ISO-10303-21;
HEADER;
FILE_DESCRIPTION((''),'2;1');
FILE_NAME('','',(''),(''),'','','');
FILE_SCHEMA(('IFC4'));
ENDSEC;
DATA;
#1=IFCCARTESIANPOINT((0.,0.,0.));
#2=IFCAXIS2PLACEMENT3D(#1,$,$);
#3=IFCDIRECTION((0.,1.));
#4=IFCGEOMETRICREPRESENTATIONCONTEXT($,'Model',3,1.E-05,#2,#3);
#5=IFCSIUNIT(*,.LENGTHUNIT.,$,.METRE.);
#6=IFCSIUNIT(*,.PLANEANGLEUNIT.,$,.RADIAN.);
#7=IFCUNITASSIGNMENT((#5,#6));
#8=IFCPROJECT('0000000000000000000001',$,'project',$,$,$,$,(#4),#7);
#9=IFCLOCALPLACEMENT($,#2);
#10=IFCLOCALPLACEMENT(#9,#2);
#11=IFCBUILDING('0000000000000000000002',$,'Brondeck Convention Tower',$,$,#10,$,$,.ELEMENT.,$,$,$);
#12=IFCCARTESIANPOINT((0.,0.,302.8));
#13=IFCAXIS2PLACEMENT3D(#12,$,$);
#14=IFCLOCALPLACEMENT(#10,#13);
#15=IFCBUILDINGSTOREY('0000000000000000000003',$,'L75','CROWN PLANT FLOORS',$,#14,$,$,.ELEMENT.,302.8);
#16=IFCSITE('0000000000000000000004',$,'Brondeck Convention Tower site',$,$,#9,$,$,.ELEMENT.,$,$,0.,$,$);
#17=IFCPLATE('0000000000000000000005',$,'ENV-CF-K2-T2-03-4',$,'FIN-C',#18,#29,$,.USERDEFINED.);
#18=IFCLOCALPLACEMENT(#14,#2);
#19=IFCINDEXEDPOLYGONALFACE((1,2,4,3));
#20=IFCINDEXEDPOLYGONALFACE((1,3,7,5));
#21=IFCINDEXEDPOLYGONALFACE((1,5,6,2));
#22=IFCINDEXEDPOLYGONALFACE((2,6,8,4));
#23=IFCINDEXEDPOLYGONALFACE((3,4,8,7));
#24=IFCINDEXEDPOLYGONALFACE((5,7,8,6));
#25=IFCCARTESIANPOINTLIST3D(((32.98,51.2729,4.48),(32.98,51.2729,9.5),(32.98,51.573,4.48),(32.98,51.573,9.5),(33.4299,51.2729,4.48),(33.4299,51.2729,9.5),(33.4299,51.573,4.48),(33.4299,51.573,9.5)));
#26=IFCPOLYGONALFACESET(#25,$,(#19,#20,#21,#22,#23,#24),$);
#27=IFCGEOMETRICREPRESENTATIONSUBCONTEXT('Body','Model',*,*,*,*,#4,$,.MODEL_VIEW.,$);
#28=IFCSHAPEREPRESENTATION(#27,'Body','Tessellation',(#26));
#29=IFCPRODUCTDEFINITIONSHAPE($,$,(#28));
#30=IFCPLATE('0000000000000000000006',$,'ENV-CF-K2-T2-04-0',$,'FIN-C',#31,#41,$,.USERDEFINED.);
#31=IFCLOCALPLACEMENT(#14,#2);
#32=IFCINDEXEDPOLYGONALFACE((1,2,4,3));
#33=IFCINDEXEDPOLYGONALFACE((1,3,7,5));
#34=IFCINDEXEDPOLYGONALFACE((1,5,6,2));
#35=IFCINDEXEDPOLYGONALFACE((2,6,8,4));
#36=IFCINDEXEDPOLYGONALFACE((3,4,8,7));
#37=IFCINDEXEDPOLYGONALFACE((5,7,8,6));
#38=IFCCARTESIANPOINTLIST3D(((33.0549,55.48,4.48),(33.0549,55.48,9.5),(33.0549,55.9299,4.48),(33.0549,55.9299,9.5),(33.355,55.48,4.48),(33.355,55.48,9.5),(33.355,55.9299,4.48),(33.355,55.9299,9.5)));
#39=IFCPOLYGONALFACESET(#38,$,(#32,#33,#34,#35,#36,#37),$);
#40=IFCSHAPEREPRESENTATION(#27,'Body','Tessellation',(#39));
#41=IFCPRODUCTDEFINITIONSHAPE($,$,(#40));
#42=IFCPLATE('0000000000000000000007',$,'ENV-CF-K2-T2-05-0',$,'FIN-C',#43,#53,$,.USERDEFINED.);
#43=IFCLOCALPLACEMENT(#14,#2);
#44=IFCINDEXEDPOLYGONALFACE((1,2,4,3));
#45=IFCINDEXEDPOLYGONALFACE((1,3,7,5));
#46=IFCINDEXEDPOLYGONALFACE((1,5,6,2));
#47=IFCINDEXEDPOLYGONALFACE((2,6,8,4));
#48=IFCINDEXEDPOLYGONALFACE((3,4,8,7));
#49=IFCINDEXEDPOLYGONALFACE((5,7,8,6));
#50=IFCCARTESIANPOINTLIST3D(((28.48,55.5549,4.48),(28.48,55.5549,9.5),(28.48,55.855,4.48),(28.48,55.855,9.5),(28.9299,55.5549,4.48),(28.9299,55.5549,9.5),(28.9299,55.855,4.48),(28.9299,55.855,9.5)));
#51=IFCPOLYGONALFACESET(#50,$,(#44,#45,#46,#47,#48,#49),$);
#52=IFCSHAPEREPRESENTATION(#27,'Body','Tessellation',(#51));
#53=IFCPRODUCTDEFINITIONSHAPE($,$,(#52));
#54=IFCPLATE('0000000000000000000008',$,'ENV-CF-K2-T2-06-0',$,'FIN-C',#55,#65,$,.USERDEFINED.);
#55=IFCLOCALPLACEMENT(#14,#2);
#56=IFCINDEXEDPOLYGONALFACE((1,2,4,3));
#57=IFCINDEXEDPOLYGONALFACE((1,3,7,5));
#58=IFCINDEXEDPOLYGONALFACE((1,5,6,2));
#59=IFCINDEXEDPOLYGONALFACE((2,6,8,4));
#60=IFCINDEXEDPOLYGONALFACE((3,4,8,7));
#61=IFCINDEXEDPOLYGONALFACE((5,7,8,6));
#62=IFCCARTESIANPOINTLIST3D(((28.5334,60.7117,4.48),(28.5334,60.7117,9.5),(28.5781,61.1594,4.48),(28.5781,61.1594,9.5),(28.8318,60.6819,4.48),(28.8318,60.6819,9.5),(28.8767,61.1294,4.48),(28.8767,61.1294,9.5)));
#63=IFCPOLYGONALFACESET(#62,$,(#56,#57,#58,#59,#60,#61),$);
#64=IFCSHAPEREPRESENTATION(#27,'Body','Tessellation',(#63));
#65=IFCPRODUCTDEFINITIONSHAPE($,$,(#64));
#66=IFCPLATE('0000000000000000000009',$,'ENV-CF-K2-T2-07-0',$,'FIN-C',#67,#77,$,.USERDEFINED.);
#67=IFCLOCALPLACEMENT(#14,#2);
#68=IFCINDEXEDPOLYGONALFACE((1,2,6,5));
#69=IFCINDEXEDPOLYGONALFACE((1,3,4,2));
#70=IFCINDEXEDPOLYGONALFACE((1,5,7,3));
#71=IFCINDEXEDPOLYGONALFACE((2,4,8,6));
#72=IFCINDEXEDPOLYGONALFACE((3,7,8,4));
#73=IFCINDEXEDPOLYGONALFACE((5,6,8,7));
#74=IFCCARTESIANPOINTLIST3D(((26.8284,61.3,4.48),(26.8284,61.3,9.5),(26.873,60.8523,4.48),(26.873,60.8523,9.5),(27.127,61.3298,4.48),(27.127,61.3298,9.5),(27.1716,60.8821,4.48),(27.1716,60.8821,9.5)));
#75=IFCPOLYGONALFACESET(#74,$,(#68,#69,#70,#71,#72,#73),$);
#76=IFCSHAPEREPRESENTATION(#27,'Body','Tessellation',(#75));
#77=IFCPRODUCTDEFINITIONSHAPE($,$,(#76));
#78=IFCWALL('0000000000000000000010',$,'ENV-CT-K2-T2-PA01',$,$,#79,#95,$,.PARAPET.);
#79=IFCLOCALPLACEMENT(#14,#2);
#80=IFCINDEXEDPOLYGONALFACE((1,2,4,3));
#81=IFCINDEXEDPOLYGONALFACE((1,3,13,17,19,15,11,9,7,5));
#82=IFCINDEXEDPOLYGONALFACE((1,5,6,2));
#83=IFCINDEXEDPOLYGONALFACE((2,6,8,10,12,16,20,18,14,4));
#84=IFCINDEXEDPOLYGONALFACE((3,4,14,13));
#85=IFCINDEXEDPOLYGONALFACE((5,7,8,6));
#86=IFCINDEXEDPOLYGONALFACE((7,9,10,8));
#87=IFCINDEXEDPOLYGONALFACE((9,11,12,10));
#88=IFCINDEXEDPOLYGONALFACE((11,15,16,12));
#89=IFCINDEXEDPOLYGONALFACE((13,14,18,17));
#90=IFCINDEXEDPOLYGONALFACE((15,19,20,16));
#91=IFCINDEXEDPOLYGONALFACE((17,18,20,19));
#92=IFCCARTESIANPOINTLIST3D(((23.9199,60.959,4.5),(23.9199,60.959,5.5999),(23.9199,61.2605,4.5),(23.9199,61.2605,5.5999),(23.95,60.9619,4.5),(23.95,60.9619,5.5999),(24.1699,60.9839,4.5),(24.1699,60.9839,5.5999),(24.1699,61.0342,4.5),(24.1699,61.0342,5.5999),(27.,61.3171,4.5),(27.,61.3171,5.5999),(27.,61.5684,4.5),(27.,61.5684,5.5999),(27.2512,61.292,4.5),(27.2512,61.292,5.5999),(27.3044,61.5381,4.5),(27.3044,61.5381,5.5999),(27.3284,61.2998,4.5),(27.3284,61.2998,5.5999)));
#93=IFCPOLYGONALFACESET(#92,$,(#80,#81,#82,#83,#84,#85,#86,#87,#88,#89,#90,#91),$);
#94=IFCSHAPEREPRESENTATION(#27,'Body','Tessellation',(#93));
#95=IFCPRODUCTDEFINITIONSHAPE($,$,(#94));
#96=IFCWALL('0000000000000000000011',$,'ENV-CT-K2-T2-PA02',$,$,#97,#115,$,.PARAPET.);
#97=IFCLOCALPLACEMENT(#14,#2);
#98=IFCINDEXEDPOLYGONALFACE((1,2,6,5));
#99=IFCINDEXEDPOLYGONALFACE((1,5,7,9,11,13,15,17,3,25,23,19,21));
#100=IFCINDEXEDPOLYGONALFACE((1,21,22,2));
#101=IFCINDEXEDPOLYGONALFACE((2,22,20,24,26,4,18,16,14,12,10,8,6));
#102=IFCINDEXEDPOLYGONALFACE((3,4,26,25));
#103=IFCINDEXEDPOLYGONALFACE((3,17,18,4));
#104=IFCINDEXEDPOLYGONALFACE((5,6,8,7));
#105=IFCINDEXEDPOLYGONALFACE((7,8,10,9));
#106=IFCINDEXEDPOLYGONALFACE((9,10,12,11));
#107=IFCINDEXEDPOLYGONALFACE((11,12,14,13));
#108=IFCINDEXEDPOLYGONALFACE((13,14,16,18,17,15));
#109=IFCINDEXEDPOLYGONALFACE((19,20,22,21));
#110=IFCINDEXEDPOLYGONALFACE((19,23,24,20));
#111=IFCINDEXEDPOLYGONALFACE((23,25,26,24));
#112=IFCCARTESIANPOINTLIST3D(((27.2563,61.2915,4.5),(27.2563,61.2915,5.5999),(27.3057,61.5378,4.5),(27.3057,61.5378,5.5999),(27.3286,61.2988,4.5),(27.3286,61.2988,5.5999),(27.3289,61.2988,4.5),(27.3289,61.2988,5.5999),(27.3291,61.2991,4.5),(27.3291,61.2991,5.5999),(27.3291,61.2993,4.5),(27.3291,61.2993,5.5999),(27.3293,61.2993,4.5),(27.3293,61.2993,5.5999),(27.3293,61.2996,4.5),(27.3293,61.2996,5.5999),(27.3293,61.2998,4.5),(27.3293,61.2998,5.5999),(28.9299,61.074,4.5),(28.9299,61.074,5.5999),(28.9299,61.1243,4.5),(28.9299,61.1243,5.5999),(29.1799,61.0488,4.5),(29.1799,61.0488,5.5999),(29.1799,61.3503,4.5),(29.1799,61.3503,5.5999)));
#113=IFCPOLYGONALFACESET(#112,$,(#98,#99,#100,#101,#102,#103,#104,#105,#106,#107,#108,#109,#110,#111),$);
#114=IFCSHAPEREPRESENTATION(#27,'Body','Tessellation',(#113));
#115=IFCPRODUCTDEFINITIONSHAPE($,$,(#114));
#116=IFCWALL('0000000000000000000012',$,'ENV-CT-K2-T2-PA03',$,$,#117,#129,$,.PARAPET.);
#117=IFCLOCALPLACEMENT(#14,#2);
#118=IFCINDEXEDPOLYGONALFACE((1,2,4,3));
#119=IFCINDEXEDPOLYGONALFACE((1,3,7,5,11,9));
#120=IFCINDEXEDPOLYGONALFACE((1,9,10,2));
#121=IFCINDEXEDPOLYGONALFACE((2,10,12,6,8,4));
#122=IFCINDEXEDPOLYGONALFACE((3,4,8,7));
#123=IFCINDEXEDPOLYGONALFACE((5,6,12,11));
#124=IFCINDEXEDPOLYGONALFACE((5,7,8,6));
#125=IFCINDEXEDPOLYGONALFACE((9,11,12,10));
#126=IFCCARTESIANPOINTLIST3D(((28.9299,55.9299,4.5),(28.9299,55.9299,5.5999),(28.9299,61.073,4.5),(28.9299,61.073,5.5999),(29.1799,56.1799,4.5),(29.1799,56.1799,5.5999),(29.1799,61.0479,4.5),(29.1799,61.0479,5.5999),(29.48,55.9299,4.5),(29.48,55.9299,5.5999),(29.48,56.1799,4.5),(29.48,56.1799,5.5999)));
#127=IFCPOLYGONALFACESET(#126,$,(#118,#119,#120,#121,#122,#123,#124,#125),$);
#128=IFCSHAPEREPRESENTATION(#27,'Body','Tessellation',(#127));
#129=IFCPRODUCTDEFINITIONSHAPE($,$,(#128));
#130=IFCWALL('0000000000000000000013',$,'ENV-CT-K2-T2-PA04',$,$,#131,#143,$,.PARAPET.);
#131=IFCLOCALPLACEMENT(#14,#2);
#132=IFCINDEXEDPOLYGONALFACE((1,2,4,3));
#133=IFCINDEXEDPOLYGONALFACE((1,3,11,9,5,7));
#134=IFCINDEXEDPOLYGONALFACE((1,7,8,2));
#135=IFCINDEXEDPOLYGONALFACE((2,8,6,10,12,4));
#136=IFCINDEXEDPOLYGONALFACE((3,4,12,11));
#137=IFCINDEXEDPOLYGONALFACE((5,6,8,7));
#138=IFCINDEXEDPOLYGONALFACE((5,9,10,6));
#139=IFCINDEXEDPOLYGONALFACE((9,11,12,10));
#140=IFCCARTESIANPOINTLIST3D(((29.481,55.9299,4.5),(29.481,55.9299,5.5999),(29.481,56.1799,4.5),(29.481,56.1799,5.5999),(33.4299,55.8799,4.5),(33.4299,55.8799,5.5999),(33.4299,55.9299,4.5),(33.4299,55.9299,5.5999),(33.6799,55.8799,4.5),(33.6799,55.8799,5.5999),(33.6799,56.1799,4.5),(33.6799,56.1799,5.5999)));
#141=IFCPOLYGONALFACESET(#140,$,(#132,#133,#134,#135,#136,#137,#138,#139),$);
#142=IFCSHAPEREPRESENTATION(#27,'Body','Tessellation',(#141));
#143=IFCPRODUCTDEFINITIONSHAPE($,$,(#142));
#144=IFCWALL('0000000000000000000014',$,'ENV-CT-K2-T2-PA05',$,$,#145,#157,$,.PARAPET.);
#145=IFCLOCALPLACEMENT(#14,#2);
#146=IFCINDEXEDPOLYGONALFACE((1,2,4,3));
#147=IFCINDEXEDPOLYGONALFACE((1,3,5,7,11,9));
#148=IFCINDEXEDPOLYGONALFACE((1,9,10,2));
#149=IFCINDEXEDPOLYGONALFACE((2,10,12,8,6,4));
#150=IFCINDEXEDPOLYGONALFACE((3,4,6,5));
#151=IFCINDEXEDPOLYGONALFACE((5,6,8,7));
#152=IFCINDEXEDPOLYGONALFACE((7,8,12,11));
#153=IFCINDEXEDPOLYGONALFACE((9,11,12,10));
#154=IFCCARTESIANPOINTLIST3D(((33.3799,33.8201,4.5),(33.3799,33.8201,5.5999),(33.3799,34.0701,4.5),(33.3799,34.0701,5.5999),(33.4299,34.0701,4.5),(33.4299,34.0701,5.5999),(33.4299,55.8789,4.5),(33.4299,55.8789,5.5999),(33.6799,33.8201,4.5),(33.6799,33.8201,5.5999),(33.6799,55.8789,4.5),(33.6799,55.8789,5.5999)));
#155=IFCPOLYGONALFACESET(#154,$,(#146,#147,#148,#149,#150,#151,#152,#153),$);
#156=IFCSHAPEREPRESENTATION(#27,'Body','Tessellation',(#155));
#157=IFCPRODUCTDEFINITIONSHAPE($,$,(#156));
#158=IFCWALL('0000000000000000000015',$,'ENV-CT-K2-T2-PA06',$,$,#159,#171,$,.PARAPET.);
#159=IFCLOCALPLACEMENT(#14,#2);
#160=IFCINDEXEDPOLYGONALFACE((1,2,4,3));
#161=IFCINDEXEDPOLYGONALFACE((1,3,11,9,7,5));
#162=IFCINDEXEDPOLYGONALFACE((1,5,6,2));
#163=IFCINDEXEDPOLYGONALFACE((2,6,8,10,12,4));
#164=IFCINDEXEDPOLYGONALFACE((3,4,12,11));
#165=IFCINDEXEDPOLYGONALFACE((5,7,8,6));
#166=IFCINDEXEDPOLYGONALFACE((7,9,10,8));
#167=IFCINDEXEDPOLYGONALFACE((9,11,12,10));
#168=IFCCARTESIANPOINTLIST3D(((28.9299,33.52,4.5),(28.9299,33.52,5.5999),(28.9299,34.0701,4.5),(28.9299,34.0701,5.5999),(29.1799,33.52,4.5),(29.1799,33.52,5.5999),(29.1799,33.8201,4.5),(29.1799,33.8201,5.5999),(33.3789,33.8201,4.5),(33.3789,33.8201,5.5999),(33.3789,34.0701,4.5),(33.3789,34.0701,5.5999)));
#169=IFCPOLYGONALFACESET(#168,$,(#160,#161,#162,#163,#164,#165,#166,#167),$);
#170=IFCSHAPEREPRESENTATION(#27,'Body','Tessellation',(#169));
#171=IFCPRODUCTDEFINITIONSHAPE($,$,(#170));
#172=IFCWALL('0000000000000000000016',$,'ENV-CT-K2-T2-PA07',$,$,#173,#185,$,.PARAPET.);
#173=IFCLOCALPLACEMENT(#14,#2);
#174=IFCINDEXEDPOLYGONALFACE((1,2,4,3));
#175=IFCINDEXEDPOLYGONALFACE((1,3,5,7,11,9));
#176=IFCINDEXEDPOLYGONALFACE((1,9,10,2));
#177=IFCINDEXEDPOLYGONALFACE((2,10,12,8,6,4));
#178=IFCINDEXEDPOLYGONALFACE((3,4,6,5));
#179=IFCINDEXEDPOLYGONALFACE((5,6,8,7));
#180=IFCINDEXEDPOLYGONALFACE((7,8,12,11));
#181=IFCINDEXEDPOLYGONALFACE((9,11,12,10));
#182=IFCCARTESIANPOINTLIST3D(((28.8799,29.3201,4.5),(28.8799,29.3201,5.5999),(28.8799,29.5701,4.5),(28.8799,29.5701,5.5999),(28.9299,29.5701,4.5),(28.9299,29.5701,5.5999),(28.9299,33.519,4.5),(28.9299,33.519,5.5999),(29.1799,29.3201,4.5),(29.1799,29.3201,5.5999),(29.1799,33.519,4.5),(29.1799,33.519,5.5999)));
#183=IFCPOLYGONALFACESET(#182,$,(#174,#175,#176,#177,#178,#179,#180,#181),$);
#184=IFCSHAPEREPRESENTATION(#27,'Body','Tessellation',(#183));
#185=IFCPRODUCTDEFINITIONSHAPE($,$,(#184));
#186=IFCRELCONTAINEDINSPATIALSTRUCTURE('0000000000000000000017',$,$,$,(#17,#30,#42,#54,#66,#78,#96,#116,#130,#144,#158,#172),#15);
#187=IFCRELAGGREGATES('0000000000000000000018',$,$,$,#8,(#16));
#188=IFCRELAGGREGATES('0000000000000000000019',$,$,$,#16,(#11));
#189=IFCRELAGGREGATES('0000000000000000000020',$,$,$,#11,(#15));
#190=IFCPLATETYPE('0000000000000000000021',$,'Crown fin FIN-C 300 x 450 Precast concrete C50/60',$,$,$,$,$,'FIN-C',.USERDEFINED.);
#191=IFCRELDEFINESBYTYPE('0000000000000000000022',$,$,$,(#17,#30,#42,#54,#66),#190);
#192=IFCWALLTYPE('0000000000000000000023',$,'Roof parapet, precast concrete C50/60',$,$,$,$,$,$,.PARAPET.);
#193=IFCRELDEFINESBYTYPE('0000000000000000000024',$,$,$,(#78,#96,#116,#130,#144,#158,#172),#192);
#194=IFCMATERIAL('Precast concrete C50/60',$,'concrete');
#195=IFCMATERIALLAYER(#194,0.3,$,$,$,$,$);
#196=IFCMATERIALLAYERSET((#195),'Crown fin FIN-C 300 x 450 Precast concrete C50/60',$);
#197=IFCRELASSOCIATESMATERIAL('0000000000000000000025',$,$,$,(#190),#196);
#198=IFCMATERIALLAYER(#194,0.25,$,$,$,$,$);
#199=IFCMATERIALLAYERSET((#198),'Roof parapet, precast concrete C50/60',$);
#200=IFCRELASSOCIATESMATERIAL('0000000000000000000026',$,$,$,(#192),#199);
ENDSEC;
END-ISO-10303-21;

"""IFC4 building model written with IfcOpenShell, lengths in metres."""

from ifc_helpers import new_model, si_unit, direction, frame, origin, place, context, subcontext, project, spatial, polyline, outline, extrude, material, layer, layer_set, type_object, element, save


model = new_model("IFC4")

# Units and contexts
model_context = context("Model", 3, precision=1e-05, world=origin(), true_north=direction((0.0, 1.0)))
body_context = subcontext(model_context, "Body", "Model", "MODEL_VIEW")
ifc_project = project(units=[si_unit("LENGTHUNIT", "METRE"), si_unit("PLANEANGLEUNIT", "RADIAN")], contexts=[model_context])

# Site, building, storey
site_placement = place(None, origin())
site = spatial("IfcSite", under=ifc_project, at=site_placement, Name="Brondeck Convention Tower site", CompositionType="ELEMENT", RefElevation=0.0)
building_placement = place(site_placement, origin())
building = spatial("IfcBuilding", under=site, at=building_placement, Name="Brondeck Convention Tower", CompositionType="ELEMENT")
storey_placement = place(building_placement, frame((0.0, 0.0, 302.8)))
storey = spatial("IfcBuildingStorey", under=building, at=storey_placement, Name="L75", Description="CROWN PLANT FLOORS", CompositionType="ELEMENT", Elevation=302.8)

# Plates
ifc_material_1 = material(Name="Precast concrete C50/60", Category="concrete")
ifc_layer_1 = layer(ifc_material_1, 0.3)
ifc_layer_set_1 = layer_set([ifc_layer_1], Name="Crown fin FIN-C 300 x 450 Precast concrete C50/60")
plate_type = type_object("IfcPlateType", Name="Crown fin FIN-C 300 x 450 Precast concrete C50/60", ElementType="FIN-C", PredefinedType="USERDEFINED", material=ifc_layer_set_1)
plate_1_placement = place(storey_placement, frame((0.0, 0.0, 4.48)))
element("IfcPlate", 1, at=plate_1_placement, inside=storey, type_object=plate_type, Name="ENV-CF-K2-T2-03-4", ObjectType="FIN-C", PredefinedType="USERDEFINED", context=body_context, shape_type="SweptSolid", body=[
    extrude(outline(polyline([(32.98, 51.573), (32.98, 51.2729), (33.4299, 51.2729), (33.4299, 51.573), (32.98, 51.573)])), origin(), (0.0, 0.0, 1.0), 5.02),
])
plate_2_placement = place(storey_placement, frame((0.0, 0.0, 4.48)))
element("IfcPlate", 2, at=plate_2_placement, inside=storey, type_object=plate_type, Name="ENV-CF-K2-T2-04-0", ObjectType="FIN-C", PredefinedType="USERDEFINED", context=body_context, shape_type="SweptSolid", body=[
    extrude(outline(polyline([(33.0549, 55.48), (33.355, 55.48), (33.355, 55.9299), (33.0549, 55.9299), (33.0549, 55.48)])), origin(), (0.0, 0.0, 1.0), 5.02),
])
plate_3_placement = place(storey_placement, frame((0.0, 0.0, 4.48)))
element("IfcPlate", 3, at=plate_3_placement, inside=storey, type_object=plate_type, Name="ENV-CF-K2-T2-05-0", ObjectType="FIN-C", PredefinedType="USERDEFINED", context=body_context, shape_type="SweptSolid", body=[
    extrude(outline(polyline([(28.48, 55.855), (28.48, 55.5549), (28.9299, 55.5549), (28.9299, 55.855), (28.48, 55.855)])), origin(), (0.0, 0.0, 1.0), 5.02),
])
plate_4_placement = place(storey_placement, frame((0.0, 0.0, 4.48)))
element("IfcPlate", 4, at=plate_4_placement, inside=storey, type_object=plate_type, Name="ENV-CF-K2-T2-06-0", ObjectType="FIN-C", PredefinedType="USERDEFINED", context=body_context, shape_type="SweptSolid", body=[
    extrude(outline(polyline([(28.5334, 60.7117), (28.8318, 60.6819), (28.8767, 61.1294), (28.5781, 61.1594), (28.5334, 60.7117)])), origin(), (0.0, 0.0, 1.0), 5.02),
])
plate_5_placement = place(storey_placement, frame((0.0, 0.0, 4.48)))
element("IfcPlate", 5, at=plate_5_placement, inside=storey, type_object=plate_type, Name="ENV-CF-K2-T2-07-0", ObjectType="FIN-C", PredefinedType="USERDEFINED", context=body_context, shape_type="SweptSolid", body=[
    extrude(outline(polyline([(26.873, 60.8523), (27.1716, 60.8821), (27.127, 61.3298), (26.8284, 61.3), (26.873, 60.8523)])), origin(), (0.0, 0.0, 1.0), 5.02),
])

# Walls
ifc_layer_2 = layer(ifc_material_1, 0.25)
ifc_layer_set_2 = layer_set([ifc_layer_2], Name="Roof parapet, precast concrete C50/60")
wall_type = type_object("IfcWallType", Name="Roof parapet, precast concrete C50/60", PredefinedType="PARAPET", material=ifc_layer_set_2)
wall_1_placement = place(storey_placement, frame((0.0, 0.0, 4.5)))
element("IfcWall", 6, at=wall_1_placement, inside=storey, type_object=wall_type, Name="ENV-CT-K2-T2-PA01", PredefinedType="PARAPET", context=body_context, shape_type="SweptSolid", body=[
    extrude(outline(polyline([(27.3284, 61.2998), (27.3044, 61.5381), (27.0, 61.5684), (23.9199, 61.2605), (23.9199, 60.959), (23.95, 60.9619), (24.1699, 60.9839), (24.1699, 61.0342), (27.0, 61.3171), (27.2512, 61.292), (27.3284, 61.2998)])), origin(), (0.0, 0.0, 1.0), 1.0999),
])
wall_2_placement = place(storey_placement, frame((0.0, 0.0, 4.5)))
element("IfcWall", 7, at=wall_2_placement, inside=storey, type_object=wall_type, Name="ENV-CT-K2-T2-PA02", PredefinedType="PARAPET", context=body_context, shape_type="SweptSolid", body=[
    extrude(outline(polyline([(28.9299, 61.1243), (28.9299, 61.074), (29.1799, 61.0488), (29.1799, 61.3503), (27.3057, 61.5378), (27.3293, 61.2998), (27.3293, 61.2998), (27.3293, 61.2998), (27.3293, 61.2996), (27.3293, 61.2996), (27.3293, 61.2993), (27.3291, 61.2993), (27.3291, 61.2993), (27.3291, 61.2991), (27.3291, 61.2991), (27.3291, 61.2991), (27.3289, 61.2988), (27.3289, 61.2988), (27.3286, 61.2988), (27.3286, 61.2988), (27.3286, 61.2988), (27.3286, 61.2988), (27.2563, 61.2915), (28.9299, 61.1243)])), origin(), (0.0, 0.0, 1.0), 1.0999),
])
wall_3_placement = place(storey_placement, frame((0.0, 0.0, 4.5)))
element("IfcWall", 8, at=wall_3_placement, inside=storey, type_object=wall_type, Name="ENV-CT-K2-T2-PA03", PredefinedType="PARAPET", context=body_context, shape_type="SweptSolid", body=[
    extrude(outline(polyline([(28.9299, 55.9299), (29.48, 55.9299), (29.48, 56.1799), (29.1799, 56.1799), (29.1799, 61.0479), (29.1799, 61.0479), (29.1799, 61.0479), (28.9299, 61.073), (28.9299, 55.9299)])), origin(), (0.0, 0.0, 1.0), 1.0999),
])
wall_4_placement = place(storey_placement, frame((0.0, 0.0, 4.5)))
element("IfcWall", 9, at=wall_4_placement, inside=storey, type_object=wall_type, Name="ENV-CT-K2-T2-PA04", PredefinedType="PARAPET", context=body_context, shape_type="SweptSolid", body=[
    extrude(outline(polyline([(33.4299, 55.9299), (33.4299, 55.8799), (33.6799, 55.8799), (33.6799, 56.1799), (29.481, 56.1799), (29.481, 55.9299), (33.4299, 55.9299)])), origin(), (0.0, 0.0, 1.0), 1.0999),
])
wall_5_placement = place(storey_placement, frame((0.0, 0.0, 4.5)))
element("IfcWall", 10, at=wall_5_placement, inside=storey, type_object=wall_type, Name="ENV-CT-K2-T2-PA05", PredefinedType="PARAPET", context=body_context, shape_type="SweptSolid", body=[
    extrude(outline(polyline([(33.4299, 34.0701), (33.3799, 34.0701), (33.3799, 33.8201), (33.6799, 33.8201), (33.6799, 55.8789), (33.4299, 55.8789), (33.4299, 34.0701)])), origin(), (0.0, 0.0, 1.0), 1.0999),
])
wall_6_placement = place(storey_placement, frame((0.0, 0.0, 4.5)))
element("IfcWall", 11, at=wall_6_placement, inside=storey, type_object=wall_type, Name="ENV-CT-K2-T2-PA06", PredefinedType="PARAPET", context=body_context, shape_type="SweptSolid", body=[
    extrude(outline(polyline([(28.9299, 34.0701), (28.9299, 33.52), (29.1799, 33.52), (29.1799, 33.8201), (33.3789, 33.8201), (33.3789, 34.0701), (28.9299, 34.0701)])), origin(), (0.0, 0.0, 1.0), 1.0999),
])
wall_7_placement = place(storey_placement, frame((0.0, 0.0, 4.5)))
element("IfcWall", 12, at=wall_7_placement, inside=storey, type_object=wall_type, Name="ENV-CT-K2-T2-PA07", PredefinedType="PARAPET", context=body_context, shape_type="SweptSolid", body=[
    extrude(outline(polyline([(28.9299, 29.5701), (28.8799, 29.5701), (28.8799, 29.3201), (29.1799, 29.3201), (29.1799, 33.519), (29.1799, 33.519), (28.9299, 33.519), (28.9299, 29.5701)])), origin(), (0.0, 0.0, 1.0), 1.0999),
])

save(model, "model.ifc")
